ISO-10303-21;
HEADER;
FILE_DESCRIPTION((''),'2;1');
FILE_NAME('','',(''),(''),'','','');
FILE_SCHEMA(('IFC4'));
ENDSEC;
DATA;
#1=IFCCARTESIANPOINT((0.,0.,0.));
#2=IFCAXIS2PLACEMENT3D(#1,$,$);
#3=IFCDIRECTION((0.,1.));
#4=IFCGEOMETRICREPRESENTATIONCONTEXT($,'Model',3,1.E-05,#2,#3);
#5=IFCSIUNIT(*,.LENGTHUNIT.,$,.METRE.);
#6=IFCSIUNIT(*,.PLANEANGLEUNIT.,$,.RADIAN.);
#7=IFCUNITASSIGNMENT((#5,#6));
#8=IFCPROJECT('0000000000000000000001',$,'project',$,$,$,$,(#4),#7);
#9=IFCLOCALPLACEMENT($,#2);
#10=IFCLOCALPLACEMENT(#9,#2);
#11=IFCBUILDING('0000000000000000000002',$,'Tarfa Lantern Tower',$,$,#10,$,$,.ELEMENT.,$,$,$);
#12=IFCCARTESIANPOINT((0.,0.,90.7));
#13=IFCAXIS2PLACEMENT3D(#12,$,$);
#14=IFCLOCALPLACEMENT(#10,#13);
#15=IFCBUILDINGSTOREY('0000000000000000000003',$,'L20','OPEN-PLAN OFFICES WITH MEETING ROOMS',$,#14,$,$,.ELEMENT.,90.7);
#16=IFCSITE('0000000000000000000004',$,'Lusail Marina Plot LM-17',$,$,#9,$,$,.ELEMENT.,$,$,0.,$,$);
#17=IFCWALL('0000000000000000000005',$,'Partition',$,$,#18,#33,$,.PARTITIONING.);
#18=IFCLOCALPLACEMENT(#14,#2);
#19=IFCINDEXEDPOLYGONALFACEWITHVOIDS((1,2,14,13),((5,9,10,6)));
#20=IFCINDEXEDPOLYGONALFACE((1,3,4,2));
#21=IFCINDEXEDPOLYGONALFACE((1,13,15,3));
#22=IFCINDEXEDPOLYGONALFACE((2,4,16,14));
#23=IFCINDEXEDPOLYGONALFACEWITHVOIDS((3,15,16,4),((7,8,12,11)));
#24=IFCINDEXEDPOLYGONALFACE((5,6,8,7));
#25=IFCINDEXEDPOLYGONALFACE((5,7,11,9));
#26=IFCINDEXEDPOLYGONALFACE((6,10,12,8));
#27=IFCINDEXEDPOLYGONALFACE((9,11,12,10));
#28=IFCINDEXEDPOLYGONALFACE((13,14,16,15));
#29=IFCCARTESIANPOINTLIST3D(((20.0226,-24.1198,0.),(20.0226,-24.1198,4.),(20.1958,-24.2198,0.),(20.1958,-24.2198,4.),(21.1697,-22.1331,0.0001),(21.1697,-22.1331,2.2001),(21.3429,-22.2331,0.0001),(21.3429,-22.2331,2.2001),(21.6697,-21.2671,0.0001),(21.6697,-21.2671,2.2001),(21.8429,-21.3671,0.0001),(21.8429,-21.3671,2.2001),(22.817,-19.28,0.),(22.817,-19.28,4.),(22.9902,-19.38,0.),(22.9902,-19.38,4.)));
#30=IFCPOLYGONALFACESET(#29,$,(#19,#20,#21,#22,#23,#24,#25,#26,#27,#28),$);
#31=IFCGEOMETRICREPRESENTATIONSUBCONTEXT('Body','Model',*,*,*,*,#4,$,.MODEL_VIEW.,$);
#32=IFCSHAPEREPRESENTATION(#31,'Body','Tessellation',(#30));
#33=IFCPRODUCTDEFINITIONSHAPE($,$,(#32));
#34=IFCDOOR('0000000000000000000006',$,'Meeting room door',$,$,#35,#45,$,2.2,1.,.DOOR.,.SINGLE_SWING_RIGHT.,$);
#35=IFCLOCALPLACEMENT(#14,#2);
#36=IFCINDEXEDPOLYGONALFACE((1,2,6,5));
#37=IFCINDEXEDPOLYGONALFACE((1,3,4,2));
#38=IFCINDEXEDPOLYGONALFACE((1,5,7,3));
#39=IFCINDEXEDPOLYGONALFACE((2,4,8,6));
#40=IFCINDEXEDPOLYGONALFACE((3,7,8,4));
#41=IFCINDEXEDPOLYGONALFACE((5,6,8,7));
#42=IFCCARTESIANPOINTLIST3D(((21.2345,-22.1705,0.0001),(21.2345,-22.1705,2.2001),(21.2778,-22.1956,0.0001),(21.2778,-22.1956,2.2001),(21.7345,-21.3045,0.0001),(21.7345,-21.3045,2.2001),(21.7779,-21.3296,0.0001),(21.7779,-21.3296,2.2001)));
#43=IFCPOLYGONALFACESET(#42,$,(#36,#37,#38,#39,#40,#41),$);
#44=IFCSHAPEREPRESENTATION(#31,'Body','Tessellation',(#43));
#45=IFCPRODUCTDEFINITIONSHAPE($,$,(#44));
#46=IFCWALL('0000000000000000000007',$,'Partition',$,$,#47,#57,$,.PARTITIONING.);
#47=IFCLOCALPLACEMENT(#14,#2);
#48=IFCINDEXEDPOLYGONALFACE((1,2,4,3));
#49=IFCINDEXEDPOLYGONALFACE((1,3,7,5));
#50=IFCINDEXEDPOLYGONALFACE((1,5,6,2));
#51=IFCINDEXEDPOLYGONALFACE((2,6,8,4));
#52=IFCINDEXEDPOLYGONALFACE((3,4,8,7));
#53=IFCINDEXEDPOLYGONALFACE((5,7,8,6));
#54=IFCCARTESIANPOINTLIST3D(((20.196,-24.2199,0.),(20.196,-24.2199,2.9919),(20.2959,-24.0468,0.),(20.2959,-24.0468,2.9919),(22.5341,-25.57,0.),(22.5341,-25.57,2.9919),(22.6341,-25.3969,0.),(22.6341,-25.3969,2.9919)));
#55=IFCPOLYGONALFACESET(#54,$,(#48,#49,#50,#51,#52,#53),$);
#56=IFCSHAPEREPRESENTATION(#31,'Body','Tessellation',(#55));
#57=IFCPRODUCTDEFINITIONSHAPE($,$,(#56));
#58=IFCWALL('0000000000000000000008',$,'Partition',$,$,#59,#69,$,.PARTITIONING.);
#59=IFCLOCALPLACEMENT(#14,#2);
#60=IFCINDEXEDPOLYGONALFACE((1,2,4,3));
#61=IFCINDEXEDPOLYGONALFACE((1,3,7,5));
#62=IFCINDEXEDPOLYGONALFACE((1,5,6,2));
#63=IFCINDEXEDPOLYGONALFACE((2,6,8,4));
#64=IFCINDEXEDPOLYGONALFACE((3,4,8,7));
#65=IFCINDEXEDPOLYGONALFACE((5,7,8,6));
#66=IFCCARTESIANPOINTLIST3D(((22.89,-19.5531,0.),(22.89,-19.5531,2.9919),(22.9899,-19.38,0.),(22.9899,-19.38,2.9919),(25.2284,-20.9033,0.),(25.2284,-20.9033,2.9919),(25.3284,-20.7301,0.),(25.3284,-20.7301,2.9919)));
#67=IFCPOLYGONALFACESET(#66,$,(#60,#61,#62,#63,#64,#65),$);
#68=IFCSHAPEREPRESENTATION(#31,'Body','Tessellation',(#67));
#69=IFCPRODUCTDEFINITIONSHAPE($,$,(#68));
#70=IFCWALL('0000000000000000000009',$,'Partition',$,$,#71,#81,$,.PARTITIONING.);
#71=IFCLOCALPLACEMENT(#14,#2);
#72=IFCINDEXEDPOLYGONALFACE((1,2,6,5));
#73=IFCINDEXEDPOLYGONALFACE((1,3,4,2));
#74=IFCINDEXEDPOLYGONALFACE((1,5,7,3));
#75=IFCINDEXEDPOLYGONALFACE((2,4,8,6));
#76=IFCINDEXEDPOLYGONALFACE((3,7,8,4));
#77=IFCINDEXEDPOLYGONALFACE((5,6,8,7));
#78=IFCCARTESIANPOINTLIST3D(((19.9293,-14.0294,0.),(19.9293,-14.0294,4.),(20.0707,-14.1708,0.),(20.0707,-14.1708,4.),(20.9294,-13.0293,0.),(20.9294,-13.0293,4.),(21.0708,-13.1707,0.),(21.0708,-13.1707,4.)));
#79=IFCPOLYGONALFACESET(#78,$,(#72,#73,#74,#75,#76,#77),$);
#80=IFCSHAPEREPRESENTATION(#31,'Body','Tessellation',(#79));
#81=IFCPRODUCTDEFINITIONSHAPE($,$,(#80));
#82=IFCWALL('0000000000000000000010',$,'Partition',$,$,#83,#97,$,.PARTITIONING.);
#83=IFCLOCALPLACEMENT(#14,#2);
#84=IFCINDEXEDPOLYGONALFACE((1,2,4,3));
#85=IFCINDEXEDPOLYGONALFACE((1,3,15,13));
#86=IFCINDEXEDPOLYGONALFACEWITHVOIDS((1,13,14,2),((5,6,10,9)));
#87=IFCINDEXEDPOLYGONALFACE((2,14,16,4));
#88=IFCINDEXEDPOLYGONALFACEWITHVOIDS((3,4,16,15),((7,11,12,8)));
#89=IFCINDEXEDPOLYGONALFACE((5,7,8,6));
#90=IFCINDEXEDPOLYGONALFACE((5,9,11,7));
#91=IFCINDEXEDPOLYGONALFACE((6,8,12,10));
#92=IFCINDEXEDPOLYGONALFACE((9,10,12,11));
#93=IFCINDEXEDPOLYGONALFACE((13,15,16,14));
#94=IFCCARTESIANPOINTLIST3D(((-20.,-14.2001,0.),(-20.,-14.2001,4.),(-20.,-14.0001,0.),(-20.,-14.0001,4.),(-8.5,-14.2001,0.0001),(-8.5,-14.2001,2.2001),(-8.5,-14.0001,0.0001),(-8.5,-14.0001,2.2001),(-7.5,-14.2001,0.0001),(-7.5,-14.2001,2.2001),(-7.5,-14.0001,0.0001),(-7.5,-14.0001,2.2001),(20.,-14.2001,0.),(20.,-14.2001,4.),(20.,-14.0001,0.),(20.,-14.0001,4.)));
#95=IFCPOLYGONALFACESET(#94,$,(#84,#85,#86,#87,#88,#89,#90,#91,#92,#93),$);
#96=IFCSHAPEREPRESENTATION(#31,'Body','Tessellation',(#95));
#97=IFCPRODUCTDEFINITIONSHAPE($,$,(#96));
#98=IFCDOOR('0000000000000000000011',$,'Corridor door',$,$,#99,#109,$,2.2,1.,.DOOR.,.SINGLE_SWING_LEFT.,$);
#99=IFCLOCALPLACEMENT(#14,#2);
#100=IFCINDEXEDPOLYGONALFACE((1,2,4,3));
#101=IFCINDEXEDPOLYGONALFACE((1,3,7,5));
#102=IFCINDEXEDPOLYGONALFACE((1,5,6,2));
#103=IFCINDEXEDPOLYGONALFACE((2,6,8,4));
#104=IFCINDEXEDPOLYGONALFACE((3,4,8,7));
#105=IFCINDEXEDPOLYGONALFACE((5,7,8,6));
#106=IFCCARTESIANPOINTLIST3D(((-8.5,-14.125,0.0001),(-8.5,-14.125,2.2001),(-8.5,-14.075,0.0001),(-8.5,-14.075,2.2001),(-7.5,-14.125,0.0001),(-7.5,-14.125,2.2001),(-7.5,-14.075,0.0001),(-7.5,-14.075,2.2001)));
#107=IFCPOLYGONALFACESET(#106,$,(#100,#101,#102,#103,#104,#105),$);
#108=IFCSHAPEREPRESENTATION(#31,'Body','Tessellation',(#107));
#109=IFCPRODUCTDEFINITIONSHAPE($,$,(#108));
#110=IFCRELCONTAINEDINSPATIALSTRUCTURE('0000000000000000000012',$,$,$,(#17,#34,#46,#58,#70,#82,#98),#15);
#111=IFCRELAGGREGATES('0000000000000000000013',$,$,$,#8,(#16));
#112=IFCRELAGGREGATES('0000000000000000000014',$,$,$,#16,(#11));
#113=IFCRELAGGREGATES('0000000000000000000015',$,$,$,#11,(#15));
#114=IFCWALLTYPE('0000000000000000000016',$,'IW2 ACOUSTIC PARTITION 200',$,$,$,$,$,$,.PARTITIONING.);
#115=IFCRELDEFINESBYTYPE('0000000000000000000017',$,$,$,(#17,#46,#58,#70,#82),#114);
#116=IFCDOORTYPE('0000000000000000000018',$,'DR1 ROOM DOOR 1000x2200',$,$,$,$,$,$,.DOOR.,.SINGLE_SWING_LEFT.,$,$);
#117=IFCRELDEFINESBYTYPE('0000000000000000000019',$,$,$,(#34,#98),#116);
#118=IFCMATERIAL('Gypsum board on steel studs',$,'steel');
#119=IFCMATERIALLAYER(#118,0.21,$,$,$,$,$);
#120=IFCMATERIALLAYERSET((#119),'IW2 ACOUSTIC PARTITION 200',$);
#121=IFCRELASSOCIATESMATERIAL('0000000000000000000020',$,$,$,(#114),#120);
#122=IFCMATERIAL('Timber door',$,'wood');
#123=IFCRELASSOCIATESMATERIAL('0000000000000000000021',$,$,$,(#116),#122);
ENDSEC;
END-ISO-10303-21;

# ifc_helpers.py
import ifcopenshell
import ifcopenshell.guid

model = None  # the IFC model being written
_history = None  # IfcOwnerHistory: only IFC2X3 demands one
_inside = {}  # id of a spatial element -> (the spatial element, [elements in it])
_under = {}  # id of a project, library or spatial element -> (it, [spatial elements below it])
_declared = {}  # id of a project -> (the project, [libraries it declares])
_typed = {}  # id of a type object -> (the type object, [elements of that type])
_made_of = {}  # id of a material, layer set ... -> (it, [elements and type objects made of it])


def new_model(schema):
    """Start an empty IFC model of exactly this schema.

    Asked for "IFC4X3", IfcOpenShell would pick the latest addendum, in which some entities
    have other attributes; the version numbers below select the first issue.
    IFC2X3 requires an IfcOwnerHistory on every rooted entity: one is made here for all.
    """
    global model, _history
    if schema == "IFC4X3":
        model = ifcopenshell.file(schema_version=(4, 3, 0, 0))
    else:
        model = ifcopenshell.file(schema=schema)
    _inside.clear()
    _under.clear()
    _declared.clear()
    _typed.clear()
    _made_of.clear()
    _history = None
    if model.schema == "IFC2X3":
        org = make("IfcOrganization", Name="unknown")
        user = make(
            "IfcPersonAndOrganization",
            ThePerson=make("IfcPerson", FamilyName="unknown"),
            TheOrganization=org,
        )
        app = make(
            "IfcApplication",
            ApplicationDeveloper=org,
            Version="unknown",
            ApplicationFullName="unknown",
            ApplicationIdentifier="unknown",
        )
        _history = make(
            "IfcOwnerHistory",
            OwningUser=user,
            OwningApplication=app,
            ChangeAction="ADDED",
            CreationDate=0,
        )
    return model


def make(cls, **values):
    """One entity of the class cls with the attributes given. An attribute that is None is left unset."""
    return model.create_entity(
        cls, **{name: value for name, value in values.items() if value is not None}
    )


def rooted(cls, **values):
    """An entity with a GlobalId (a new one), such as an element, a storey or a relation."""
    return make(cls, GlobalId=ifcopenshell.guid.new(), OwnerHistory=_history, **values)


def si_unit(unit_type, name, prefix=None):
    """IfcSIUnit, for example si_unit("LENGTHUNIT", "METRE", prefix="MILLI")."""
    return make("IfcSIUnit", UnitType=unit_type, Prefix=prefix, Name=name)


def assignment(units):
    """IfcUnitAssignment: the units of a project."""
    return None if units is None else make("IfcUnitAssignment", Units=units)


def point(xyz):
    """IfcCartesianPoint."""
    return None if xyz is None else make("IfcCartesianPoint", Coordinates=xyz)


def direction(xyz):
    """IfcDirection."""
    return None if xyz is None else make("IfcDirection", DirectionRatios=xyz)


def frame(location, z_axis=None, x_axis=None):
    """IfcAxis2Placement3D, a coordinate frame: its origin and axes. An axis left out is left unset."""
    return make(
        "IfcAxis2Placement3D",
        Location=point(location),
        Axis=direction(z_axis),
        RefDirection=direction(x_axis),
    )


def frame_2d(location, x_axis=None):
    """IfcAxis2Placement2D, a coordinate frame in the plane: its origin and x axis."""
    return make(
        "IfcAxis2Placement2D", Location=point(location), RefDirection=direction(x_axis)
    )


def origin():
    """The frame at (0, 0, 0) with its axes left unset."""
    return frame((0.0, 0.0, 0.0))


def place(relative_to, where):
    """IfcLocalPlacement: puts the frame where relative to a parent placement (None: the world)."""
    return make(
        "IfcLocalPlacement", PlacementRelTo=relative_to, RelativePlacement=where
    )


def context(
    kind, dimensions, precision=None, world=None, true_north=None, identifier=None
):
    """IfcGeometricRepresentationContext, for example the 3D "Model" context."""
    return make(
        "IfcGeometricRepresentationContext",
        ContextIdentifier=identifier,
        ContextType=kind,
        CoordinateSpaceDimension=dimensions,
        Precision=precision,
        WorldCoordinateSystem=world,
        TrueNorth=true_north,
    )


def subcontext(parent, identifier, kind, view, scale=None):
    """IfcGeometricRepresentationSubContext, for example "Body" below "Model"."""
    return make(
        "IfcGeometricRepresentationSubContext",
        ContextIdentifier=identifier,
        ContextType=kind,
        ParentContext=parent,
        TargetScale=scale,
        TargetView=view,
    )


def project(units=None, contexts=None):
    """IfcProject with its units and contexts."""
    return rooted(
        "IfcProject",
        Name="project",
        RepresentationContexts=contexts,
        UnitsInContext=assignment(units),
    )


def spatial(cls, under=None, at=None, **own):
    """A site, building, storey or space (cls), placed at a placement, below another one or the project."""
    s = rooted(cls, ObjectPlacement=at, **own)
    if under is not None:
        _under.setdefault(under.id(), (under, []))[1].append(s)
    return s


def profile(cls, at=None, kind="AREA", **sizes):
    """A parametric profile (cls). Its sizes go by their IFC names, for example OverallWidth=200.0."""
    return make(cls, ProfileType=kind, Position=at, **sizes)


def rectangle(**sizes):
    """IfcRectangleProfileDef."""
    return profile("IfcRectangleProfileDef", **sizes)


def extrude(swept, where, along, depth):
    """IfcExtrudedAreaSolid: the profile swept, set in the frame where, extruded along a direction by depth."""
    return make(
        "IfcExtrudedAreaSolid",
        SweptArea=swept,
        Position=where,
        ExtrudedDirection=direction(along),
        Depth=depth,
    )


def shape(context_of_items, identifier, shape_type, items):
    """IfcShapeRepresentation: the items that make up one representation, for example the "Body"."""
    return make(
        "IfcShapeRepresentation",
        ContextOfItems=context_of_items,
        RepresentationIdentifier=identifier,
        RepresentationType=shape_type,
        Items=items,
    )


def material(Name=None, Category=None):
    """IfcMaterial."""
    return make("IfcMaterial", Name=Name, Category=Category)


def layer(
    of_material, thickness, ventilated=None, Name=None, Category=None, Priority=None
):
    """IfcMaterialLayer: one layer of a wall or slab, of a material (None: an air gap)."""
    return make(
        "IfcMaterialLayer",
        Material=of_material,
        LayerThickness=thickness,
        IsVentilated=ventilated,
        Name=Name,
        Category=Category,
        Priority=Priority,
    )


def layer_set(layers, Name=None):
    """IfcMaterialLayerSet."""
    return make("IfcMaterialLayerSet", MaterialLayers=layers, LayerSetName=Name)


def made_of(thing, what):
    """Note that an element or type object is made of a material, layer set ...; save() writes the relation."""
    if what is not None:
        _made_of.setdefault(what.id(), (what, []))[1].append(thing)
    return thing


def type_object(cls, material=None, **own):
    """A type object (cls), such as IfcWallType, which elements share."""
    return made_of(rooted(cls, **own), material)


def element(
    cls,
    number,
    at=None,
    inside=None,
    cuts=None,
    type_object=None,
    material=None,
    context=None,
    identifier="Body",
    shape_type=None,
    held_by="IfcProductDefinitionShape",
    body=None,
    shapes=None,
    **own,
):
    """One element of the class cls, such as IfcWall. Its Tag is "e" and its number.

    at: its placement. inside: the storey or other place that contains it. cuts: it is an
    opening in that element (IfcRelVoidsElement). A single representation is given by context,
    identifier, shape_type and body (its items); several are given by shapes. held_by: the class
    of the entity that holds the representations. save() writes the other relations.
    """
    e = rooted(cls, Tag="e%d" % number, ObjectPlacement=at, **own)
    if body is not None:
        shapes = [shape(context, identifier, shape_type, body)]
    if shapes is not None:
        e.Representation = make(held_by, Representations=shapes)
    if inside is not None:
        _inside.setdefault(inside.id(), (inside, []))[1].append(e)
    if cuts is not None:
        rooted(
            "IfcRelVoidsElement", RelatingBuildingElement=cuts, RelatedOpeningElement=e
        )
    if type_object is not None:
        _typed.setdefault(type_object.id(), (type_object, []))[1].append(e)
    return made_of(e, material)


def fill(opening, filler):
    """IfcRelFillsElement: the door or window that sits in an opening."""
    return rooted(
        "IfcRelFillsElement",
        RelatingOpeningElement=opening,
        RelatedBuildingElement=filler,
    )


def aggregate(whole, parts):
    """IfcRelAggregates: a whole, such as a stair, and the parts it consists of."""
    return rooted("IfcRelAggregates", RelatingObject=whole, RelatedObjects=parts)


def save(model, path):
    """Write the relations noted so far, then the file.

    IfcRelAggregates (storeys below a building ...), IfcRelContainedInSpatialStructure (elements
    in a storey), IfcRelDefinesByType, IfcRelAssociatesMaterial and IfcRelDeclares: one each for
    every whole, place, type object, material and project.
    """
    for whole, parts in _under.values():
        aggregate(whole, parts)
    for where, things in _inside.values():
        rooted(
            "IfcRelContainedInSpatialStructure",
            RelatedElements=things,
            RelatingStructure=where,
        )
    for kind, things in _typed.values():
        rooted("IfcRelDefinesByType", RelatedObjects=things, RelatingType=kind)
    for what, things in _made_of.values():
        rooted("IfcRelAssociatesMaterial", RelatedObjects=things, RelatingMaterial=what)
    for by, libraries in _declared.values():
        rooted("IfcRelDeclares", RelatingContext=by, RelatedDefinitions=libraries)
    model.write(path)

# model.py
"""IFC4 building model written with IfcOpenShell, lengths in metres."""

from ifc_helpers import new_model, si_unit, direction, frame, frame_2d, origin, place, context, subcontext, project, spatial, rectangle, extrude, material, layer, layer_set, type_object, element, fill, save


model = new_model("IFC4")

# Units and contexts
model_context = context("Model", 3, precision=1e-05, world=origin(), true_north=direction((0.0, 1.0)))
body_context = subcontext(model_context, "Body", "Model", "MODEL_VIEW")
ifc_project = project(units=[si_unit("LENGTHUNIT", "METRE"), si_unit("PLANEANGLEUNIT", "RADIAN")], contexts=[model_context])

# Site, building, storey
site_placement = place(None, origin())
site = spatial("IfcSite", under=ifc_project, at=site_placement, Name="Lusail Marina Plot LM-17", CompositionType="ELEMENT", RefElevation=0.0)
building_placement = place(site_placement, origin())
building = spatial("IfcBuilding", under=site, at=building_placement, Name="Tarfa Lantern Tower", CompositionType="ELEMENT")
storey_placement = place(building_placement, frame((0.0, 0.0, 90.7)))
storey = spatial("IfcBuildingStorey", under=building, at=storey_placement, Name="L20", Description="OPEN-PLAN OFFICES WITH MEETING ROOMS", CompositionType="ELEMENT", Elevation=90.7)

# Wall, opening, door
ifc_material_1 = material(Name="Gypsum board on steel studs", Category="steel")
ifc_layer_1 = layer(ifc_material_1, 0.21)
ifc_layer_set_1 = layer_set([ifc_layer_1], Name="IW2 ACOUSTIC PARTITION 200")
wall_type_1 = type_object("IfcWallType", Name="IW2 ACOUSTIC PARTITION 200", PredefinedType="PARTITIONING", material=ifc_layer_set_1)
wall_1_placement = place(storey_placement, frame((20.1091, -24.1699, 0.0), z_axis=(0.0, 0.0, 1.0), x_axis=(0.50002, 0.866014, 0.0)))
wall_1 = element("IfcWall", 1, at=wall_1_placement, inside=storey, type_object=wall_type_1, Name="Partition", PredefinedType="PARTITIONING", context=body_context, shape_type="SweptSolid", body=[
    extrude(rectangle(XDim=5.5886, YDim=0.2, at=frame_2d((2.7944, 0.0))), origin(), (0.0, 0.0, 1.0), 4.0),
])
opening_1_placement = place(wall_1_placement, frame((2.2942, 0.0, 0.0)))
opening_1 = element("IfcOpeningElement", 2, at=opening_1_placement, cuts=wall_1, PredefinedType="OPENING", context=body_context, shape_type="SweptSolid", body=[
    extrude(rectangle(XDim=1.0, YDim=2.2, at=frame_2d((0.5, 1.1001))), frame((0.0, 0.1099, 0.0), z_axis=(0.0, -1.0, 0.0), x_axis=(1.0, 0.0, 0.0)), (0.0, 0.0, 1.0), 0.22),
])
ifc_material_2 = material(Name="Timber door", Category="wood")
door_type_1 = type_object("IfcDoorType", Name="DR1 ROOM DOOR 1000x2200", OperationType="SINGLE_SWING_LEFT", PredefinedType="DOOR", material=ifc_material_2)
door_1_placement = place(opening_1_placement, frame((1.0, 0.0, 0.0), z_axis=(0.0, 0.0, 1.0), x_axis=(-1.0, 0.0, 0.0)))
door_1 = element("IfcDoor", 3, at=door_1_placement, inside=storey, type_object=door_type_1, Name="Meeting room door", OperationType="SINGLE_SWING_RIGHT", OverallHeight=2.2, OverallWidth=1.0, PredefinedType="DOOR", context=body_context, shape_type="SweptSolid", body=[
    extrude(rectangle(XDim=1.0, YDim=2.2, at=frame_2d((0.5, 1.1001))), frame((0.0, 0.0249, 0.0), z_axis=(0.0, -1.0, 0.0), x_axis=(1.0, 0.0, 0.0)), (0.0, 0.0, 1.0), 0.05),
])
fill(opening_1, door_1)

# Walls
wall_2_placement = place(storey_placement, frame((20.2458, -24.1333, 0.0), z_axis=(0.0, 0.0, 1.0), x_axis=(0.865997, -0.500049, 0.0)))
element("IfcWall", 4, at=wall_2_placement, inside=storey, type_object=wall_type_1, Name="Partition", PredefinedType="PARTITIONING", context=body_context, shape_type="SweptSolid", body=[
    extrude(rectangle(XDim=2.7, YDim=0.2, at=frame_2d((1.3501, 0.0))), origin(), (0.0, 0.0, 1.0), 2.9919),
])
wall_3_placement = place(storey_placement, frame((22.9399, -19.4666, 0.0), z_axis=(0.0, 0.0, 1.0), x_axis=(0.86602, -0.500009, 0.0)))
element("IfcWall", 5, at=wall_3_placement, inside=storey, type_object=wall_type_1, Name="Partition", PredefinedType="PARTITIONING", context=body_context, shape_type="SweptSolid", body=[
    extrude(rectangle(XDim=2.7002, YDim=0.2, at=frame_2d((1.3501, 0.0))), origin(), (0.0, 0.0, 1.0), 2.9919),
])
wall_4_placement = place(storey_placement, frame((21.0, -13.1001, 0.0), z_axis=(0.0, 0.0, 1.0), x_axis=(-0.707107, -0.707107, 0.0)))
element("IfcWall", 6, at=wall_4_placement, inside=storey, type_object=wall_type_1, Name="Partition", PredefinedType="PARTITIONING", context=body_context, shape_type="SweptSolid", body=[
    extrude(rectangle(XDim=1.4143, YDim=0.2, at=frame_2d((0.707, 0.0))), origin(), (0.0, 0.0, 1.0), 4.0),
])

# Wall, opening, door
wall_5_placement = place(storey_placement, frame((20.0, -14.1001, 0.0), z_axis=(0.0, 0.0, 1.0), x_axis=(-1.0, 0.0, 0.0)))
wall_5 = element("IfcWall", 7, at=wall_5_placement, inside=storey, type_object=wall_type_1, Name="Partition", PredefinedType="PARTITIONING", context=body_context, shape_type="SweptSolid", body=[
    extrude(rectangle(XDim=40.0, YDim=0.2, at=frame_2d((20.0, 0.0))), origin(), (0.0, 0.0, 1.0), 4.0),
])
opening_2_placement = place(wall_5_placement, frame((27.5, 0.0, 0.0)))
opening_2 = element("IfcOpeningElement", 8, at=opening_2_placement, cuts=wall_5, PredefinedType="OPENING", context=body_context, shape_type="SweptSolid", body=[
    extrude(rectangle(XDim=1.0, YDim=2.2, at=frame_2d((0.5, 1.1001))), frame((0.0, 0.1099, 0.0), z_axis=(0.0, -1.0, 0.0), x_axis=(1.0, 0.0, 0.0)), (0.0, 0.0, 1.0), 0.22),
])
door_2_placement = place(opening_2_placement, origin())
door_2 = element("IfcDoor", 9, at=door_2_placement, inside=storey, type_object=door_type_1, Name="Corridor door", OperationType="SINGLE_SWING_LEFT", OverallHeight=2.2, OverallWidth=1.0, PredefinedType="DOOR", context=body_context, shape_type="SweptSolid", body=[
    extrude(rectangle(XDim=1.0, YDim=2.2, at=frame_2d((0.5, 1.1001))), frame((0.0, 0.0249, 0.0), z_axis=(0.0, -1.0, 0.0), x_axis=(1.0, 0.0, 0.0)), (0.0, 0.0, 1.0), 0.05),
])
fill(opening_2, door_2)

save(model, "model.ifc")
